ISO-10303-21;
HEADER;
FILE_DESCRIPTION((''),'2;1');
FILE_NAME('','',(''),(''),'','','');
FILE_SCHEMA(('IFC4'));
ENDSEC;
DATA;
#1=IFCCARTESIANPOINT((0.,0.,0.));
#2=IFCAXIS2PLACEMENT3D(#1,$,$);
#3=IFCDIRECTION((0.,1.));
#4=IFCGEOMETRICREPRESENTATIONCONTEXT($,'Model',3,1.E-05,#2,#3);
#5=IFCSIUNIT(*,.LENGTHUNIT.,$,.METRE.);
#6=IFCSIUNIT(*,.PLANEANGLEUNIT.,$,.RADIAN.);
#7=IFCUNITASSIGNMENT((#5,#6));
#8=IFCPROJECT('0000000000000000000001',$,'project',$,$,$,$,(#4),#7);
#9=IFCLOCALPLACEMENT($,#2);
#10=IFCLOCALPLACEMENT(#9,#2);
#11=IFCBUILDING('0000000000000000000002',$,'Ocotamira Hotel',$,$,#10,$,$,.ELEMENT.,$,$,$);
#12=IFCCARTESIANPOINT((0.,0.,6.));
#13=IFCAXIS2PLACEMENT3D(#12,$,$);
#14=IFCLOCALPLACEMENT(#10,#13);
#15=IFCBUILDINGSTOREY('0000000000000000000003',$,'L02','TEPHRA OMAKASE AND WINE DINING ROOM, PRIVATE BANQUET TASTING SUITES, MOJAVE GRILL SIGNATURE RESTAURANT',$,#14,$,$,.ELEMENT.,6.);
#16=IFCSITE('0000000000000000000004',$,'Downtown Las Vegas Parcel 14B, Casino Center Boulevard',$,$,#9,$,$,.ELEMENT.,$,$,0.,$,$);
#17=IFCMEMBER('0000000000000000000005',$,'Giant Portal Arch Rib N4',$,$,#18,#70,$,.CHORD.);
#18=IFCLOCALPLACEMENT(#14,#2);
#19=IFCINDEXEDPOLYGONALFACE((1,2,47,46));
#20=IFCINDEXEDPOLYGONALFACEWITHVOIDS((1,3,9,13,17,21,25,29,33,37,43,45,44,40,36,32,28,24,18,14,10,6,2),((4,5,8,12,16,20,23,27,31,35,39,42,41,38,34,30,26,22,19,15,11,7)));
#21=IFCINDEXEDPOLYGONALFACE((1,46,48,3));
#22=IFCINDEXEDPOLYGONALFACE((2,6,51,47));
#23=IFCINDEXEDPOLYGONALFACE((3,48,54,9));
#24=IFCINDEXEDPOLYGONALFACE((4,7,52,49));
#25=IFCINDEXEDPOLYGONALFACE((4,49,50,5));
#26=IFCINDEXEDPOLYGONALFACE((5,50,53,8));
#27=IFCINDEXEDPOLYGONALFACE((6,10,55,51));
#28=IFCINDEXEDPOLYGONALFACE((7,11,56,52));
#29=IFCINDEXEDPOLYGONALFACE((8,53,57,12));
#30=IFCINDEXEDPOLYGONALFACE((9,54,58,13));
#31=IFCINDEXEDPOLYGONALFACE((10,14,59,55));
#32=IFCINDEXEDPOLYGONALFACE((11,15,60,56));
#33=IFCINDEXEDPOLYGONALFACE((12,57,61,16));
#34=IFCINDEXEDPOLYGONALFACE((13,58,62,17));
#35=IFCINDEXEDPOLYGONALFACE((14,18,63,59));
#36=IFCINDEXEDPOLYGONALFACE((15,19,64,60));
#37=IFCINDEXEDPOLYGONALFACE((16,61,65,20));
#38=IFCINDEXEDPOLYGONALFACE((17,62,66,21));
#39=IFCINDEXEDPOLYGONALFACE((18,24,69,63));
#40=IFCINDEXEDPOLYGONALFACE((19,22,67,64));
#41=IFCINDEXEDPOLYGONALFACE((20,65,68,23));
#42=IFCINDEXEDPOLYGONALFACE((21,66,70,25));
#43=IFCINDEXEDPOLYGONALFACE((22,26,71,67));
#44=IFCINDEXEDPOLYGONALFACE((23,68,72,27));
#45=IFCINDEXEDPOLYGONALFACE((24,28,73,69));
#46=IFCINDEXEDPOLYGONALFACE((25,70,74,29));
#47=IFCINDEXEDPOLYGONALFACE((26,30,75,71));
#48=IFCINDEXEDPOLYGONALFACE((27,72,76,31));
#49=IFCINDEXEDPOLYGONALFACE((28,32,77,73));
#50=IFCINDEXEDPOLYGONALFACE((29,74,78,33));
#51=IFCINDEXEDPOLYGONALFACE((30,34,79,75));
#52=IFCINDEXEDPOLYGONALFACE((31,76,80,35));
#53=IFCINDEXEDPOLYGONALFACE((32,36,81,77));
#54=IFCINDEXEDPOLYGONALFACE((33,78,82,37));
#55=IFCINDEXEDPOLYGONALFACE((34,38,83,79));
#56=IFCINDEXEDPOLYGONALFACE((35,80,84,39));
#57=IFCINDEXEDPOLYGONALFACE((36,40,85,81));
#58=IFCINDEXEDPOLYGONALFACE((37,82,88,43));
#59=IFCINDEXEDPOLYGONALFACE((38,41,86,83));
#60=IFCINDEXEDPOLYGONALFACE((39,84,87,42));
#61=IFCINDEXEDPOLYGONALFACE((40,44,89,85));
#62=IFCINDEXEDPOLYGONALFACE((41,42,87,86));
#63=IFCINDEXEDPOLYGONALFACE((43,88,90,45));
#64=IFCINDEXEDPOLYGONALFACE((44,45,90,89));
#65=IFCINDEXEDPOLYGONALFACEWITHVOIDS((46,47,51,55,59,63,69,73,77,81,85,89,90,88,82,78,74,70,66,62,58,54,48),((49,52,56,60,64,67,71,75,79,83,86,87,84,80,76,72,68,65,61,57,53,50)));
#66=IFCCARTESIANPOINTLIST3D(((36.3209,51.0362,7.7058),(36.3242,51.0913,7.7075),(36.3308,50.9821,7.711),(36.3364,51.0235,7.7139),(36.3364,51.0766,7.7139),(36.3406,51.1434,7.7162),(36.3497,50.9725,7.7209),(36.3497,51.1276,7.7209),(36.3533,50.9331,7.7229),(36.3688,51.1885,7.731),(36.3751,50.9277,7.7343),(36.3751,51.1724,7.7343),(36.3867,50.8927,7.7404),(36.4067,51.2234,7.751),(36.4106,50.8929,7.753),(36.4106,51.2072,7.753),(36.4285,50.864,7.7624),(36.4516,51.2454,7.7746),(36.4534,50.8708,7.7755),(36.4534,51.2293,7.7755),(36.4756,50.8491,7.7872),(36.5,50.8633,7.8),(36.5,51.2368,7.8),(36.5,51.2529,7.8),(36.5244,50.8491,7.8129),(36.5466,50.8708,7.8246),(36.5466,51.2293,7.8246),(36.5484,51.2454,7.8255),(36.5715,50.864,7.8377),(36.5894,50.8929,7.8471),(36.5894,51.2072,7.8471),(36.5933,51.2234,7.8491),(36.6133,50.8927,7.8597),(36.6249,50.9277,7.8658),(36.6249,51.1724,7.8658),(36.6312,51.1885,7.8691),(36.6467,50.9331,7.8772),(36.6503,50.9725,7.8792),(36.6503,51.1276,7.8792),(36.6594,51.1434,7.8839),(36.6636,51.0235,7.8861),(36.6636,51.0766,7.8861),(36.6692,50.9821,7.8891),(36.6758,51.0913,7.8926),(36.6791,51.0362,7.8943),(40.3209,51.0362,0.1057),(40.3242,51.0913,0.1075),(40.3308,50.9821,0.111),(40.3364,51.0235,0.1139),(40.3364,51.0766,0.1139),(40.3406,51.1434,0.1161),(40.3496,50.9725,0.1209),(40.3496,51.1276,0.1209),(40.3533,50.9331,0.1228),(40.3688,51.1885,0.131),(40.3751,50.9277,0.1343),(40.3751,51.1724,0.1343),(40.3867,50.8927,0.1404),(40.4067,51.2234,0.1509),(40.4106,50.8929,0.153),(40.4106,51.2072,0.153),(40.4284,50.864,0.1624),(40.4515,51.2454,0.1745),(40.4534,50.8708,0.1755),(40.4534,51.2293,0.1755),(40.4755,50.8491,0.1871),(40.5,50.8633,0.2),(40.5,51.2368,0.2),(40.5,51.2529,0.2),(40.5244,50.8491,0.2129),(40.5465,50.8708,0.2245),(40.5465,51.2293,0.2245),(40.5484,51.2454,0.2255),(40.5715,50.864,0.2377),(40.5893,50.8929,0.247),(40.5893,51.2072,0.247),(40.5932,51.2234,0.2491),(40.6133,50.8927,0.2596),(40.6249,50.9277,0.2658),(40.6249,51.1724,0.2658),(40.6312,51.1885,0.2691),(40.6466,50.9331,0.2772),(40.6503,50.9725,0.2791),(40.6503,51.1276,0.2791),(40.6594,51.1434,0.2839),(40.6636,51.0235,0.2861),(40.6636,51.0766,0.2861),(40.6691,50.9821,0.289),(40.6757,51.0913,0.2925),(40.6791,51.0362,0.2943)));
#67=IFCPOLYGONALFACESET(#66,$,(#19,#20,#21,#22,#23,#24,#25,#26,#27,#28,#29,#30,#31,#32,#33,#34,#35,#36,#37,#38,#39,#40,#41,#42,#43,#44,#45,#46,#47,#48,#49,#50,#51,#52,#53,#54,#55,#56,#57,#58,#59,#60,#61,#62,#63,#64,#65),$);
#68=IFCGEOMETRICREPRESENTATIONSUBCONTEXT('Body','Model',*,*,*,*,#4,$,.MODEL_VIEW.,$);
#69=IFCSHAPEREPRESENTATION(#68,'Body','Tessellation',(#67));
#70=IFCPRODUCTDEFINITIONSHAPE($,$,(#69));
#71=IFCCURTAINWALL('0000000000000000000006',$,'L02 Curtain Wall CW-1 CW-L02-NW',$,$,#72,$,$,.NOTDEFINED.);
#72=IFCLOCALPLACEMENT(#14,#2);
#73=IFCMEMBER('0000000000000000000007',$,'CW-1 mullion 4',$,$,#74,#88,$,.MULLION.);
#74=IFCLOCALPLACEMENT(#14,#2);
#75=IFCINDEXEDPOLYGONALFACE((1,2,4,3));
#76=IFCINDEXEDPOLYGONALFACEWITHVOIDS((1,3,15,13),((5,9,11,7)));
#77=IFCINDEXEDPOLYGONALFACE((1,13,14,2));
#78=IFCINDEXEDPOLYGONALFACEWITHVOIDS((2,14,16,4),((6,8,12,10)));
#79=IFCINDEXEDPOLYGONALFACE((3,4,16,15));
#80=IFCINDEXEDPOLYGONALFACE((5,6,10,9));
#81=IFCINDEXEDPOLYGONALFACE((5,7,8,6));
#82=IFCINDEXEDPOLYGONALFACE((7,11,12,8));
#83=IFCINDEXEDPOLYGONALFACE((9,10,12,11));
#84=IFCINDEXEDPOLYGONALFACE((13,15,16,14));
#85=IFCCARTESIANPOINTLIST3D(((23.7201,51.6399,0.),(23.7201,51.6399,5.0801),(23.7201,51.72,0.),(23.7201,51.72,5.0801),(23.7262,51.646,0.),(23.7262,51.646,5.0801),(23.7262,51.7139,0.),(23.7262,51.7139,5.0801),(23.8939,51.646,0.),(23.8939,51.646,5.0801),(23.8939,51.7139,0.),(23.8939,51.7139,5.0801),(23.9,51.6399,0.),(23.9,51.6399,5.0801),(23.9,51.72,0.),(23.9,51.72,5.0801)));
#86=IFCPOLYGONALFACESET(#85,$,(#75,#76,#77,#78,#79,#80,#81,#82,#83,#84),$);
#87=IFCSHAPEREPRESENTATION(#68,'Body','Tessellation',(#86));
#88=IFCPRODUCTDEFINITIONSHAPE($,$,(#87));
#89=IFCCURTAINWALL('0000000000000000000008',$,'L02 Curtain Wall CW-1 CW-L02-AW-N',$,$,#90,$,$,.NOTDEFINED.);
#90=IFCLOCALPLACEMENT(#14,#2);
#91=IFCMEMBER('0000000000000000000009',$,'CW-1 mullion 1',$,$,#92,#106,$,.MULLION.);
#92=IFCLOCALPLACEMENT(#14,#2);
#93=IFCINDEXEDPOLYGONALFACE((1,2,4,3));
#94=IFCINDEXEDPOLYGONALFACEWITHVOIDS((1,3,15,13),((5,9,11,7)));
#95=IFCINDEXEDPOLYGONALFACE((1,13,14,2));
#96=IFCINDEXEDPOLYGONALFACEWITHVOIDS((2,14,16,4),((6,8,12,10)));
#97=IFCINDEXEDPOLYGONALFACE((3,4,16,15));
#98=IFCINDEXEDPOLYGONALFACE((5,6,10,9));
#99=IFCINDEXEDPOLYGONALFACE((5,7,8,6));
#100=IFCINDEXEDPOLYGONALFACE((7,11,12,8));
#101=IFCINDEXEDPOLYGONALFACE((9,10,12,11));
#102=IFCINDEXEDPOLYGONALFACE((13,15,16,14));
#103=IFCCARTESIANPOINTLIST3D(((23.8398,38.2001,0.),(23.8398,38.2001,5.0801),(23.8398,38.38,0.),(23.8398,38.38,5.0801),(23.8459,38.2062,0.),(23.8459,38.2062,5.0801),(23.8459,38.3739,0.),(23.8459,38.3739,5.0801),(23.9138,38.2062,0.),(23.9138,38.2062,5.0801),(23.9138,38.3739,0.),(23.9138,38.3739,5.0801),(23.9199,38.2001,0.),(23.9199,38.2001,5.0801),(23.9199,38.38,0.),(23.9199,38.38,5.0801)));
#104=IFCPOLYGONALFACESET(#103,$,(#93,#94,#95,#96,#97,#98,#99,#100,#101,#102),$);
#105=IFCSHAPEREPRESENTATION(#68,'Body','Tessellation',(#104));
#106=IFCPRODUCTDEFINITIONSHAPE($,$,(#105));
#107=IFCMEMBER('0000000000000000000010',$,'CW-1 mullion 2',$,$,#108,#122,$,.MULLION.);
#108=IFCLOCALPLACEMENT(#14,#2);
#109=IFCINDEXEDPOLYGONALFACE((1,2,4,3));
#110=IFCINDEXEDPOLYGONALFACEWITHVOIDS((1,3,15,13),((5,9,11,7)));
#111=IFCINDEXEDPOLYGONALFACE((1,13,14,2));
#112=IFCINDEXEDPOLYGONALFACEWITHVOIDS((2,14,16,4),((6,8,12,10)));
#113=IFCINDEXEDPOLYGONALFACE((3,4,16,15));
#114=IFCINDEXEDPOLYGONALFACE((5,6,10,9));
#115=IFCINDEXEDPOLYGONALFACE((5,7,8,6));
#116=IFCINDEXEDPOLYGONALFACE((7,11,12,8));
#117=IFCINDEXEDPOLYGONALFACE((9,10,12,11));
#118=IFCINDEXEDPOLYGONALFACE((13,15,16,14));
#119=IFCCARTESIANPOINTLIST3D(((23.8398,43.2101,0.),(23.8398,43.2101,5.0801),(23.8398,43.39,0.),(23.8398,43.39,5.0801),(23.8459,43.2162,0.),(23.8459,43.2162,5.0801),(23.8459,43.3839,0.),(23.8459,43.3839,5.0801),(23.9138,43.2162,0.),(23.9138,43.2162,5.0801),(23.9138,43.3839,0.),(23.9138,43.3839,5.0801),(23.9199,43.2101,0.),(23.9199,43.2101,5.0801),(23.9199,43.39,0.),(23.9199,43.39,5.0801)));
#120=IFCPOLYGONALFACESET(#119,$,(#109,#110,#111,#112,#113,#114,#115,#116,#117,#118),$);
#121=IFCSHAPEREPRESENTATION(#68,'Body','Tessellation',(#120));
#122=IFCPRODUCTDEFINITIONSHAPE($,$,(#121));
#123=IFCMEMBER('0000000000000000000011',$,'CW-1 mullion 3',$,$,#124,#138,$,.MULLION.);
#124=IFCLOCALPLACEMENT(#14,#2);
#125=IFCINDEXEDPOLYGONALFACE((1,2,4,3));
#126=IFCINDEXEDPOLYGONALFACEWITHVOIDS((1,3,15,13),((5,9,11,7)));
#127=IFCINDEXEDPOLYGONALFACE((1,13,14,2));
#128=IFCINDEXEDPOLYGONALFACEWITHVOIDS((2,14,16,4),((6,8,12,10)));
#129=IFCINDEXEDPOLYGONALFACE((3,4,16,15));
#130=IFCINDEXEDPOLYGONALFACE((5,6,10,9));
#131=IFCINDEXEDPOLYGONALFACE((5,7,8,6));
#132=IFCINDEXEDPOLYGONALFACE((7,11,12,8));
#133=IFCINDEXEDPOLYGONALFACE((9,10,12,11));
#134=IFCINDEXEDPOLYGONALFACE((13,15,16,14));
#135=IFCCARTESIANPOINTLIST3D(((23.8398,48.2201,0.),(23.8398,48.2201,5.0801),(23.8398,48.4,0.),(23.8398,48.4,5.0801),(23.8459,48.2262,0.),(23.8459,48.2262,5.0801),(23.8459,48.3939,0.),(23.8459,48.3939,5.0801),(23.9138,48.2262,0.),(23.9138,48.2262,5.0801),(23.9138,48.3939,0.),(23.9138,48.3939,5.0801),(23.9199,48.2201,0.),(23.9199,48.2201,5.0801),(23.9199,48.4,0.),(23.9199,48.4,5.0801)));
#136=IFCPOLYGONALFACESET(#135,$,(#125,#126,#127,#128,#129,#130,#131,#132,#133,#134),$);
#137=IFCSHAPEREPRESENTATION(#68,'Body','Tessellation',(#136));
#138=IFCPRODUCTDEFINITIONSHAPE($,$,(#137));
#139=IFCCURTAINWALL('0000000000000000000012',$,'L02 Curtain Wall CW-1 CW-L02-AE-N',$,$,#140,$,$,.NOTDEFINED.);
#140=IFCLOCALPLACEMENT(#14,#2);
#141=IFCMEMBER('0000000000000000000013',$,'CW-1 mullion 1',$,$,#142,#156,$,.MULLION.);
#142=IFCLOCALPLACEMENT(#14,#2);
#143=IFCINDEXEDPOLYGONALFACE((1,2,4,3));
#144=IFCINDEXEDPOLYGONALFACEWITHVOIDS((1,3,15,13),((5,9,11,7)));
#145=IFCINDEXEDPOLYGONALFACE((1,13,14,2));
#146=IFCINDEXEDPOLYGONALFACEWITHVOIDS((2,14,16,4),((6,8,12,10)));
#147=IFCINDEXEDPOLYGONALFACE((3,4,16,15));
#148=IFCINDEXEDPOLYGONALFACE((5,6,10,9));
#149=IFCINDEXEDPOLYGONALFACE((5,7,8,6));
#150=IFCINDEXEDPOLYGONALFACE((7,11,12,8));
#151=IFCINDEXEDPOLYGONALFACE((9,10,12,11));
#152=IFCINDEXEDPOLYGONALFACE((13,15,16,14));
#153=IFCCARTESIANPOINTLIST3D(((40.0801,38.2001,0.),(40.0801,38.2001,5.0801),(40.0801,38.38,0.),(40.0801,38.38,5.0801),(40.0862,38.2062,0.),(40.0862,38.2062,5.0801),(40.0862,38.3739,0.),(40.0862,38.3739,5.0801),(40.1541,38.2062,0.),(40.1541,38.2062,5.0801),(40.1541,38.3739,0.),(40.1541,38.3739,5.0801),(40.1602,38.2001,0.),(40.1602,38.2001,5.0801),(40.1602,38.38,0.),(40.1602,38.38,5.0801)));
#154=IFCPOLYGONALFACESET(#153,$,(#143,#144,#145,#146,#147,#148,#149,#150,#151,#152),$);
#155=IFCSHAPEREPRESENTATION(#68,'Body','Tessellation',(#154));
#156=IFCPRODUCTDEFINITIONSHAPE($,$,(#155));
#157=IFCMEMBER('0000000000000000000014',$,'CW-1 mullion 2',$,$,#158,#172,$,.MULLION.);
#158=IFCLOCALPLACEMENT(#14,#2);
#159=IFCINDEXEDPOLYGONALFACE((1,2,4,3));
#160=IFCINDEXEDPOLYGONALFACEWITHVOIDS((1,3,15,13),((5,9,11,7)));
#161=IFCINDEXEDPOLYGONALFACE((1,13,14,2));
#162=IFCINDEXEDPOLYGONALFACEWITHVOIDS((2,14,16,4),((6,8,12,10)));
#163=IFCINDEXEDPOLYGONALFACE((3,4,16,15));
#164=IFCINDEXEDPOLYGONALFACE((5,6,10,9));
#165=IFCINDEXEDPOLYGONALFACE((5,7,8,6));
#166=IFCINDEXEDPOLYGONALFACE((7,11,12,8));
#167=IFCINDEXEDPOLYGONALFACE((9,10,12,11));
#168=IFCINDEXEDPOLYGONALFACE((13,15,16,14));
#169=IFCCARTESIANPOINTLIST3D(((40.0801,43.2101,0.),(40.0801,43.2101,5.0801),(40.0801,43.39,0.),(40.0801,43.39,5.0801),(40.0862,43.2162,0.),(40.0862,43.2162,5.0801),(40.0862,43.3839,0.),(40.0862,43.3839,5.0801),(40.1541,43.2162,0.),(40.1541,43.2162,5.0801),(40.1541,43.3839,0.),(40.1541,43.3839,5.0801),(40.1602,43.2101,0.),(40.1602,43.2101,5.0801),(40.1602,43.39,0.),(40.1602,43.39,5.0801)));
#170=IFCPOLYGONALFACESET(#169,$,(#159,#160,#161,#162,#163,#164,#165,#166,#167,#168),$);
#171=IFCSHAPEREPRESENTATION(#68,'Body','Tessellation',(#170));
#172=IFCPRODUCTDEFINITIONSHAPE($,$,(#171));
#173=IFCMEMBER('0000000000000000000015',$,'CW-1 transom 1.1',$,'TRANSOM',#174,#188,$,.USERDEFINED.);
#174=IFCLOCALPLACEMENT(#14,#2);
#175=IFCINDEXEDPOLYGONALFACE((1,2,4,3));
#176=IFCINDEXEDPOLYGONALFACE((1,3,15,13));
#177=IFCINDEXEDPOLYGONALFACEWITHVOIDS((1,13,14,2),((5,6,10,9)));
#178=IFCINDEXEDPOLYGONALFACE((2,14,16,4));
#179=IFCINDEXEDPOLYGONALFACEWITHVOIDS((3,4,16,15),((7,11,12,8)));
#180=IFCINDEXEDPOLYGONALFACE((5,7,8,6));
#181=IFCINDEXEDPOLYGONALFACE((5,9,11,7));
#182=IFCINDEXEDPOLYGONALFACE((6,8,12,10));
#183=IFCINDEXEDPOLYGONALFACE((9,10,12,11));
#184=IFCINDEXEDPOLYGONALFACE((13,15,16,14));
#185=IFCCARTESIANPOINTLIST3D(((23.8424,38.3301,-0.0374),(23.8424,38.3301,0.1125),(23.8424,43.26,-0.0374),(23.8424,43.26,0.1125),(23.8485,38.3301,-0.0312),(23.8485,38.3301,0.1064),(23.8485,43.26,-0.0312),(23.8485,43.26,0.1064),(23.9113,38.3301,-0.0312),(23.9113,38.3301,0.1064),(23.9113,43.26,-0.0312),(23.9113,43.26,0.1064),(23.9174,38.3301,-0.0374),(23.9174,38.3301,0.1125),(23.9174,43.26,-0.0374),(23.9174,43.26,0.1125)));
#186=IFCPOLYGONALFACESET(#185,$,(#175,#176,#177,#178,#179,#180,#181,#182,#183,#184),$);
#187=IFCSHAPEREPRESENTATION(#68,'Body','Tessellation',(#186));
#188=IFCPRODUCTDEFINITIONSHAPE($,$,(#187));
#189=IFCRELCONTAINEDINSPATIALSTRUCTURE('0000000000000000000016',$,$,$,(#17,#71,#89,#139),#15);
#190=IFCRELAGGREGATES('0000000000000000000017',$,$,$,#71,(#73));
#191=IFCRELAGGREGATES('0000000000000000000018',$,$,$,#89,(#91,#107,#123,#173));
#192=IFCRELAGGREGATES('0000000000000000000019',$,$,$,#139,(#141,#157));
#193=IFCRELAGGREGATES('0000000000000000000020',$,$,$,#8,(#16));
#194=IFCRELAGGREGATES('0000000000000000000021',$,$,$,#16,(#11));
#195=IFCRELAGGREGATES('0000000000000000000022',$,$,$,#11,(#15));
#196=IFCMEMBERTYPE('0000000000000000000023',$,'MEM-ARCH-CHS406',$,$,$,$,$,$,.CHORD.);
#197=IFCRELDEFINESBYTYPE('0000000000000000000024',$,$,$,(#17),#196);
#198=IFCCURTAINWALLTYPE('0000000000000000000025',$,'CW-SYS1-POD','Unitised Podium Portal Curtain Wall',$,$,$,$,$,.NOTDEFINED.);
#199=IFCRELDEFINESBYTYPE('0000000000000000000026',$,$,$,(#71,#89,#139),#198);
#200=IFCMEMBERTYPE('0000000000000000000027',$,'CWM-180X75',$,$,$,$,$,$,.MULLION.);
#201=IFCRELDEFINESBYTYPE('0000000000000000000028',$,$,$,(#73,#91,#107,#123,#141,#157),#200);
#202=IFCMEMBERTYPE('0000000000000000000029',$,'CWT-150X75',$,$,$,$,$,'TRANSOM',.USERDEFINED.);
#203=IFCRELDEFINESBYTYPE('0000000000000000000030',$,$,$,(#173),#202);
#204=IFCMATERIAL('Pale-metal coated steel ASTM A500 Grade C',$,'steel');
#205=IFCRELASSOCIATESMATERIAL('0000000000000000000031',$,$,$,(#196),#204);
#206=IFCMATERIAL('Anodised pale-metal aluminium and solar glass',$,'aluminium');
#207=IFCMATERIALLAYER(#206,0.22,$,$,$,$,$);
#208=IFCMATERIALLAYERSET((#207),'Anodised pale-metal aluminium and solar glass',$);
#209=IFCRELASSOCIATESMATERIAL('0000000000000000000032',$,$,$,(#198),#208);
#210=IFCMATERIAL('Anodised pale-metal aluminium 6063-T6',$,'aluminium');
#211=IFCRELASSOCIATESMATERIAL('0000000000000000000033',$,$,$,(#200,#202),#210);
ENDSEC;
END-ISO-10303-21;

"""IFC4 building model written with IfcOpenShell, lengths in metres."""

from ifc_helpers import new_model, si_unit, direction, frame, origin, origin_2d, place, context, subcontext, project, spatial, hollow_rectangle, hollow_circle, extrude, source, transform, mapped, material, layer, layer_set, material_profile, profile_set, type_object, element, aggregate, save


model = new_model("IFC4")

# Units and contexts
model_context = context("Model", 3, precision=1e-05, world=origin(), true_north=direction((0.0, 1.0)))
body_context = subcontext(model_context, "Body", "Model", "MODEL_VIEW")
ifc_project = project(units=[si_unit("LENGTHUNIT", "METRE"), si_unit("PLANEANGLEUNIT", "RADIAN")], contexts=[model_context])

# Site, building, storey
site_placement = place(None, origin())
site = spatial("IfcSite", under=ifc_project, at=site_placement, Name="Downtown Las Vegas Parcel 14B, Casino Center Boulevard", CompositionType="ELEMENT", RefElevation=0.0)
building_placement = place(site_placement, origin())
building = spatial("IfcBuilding", under=site, at=building_placement, Name="Ocotamira Hotel", CompositionType="ELEMENT")
storey_placement = place(building_placement, frame((0.0, 0.0, 6.0)))
storey = spatial("IfcBuildingStorey", under=building, at=storey_placement, Name="L02", Description="TEPHRA OMAKASE AND WINE DINING ROOM, PRIVATE BANQUET TASTING SUITES, MOJAVE GRILL SIGNATURE RESTAURANT", CompositionType="ELEMENT", Elevation=6.0)

# Member
ifc_material_1 = material(Name="Pale-metal coated steel ASTM A500 Grade C", Category="steel")
ifc_material_profile_1 = material_profile(ifc_material_1, hollow_circle(Radius=0.2029, WallThickness=0.0161, at=origin_2d()), Name="CHS406X16")
ifc_profile_set_1 = profile_set([ifc_material_profile_1], Name="Pale-metal coated steel ASTM A500 Grade C")
member_type_1 = type_object("IfcMemberType", Name="MEM-ARCH-CHS406", PredefinedType="CHORD", material=ifc_profile_set_1)
shared_shape_1 = source(origin(), body_context, "Body", "SweptSolid", [
    extrude(hollow_circle(Radius=0.2029, WallThickness=0.0161, at=origin_2d()), origin(), (0.0, 0.0, 1.0), 8.5884),
])
for number, where, z_axis, x_axis, name in (
    (1, (36.5, 51.05, 7.8), (0.465742, 0.0, -0.884921), (0.0, 1.0, 0.0), "Giant Portal Arch Rib N4"),
):
    element("IfcMember", number, at=place(storey_placement, frame(where, z_axis=z_axis, x_axis=x_axis)), inside=storey, type_object=member_type_1, Name=name, PredefinedType="CHORD", context=body_context, shape_type="MappedRepresentation", body=[
        mapped(shared_shape_1, transform((0.0, 0.0, 0.0), scale=1.0)),
    ])

# Curtain wall, member
ifc_material_2 = material(Name="Anodised pale-metal aluminium and solar glass", Category="aluminium")
ifc_layer_1 = layer(ifc_material_2, 0.22)
ifc_layer_set_1 = layer_set([ifc_layer_1], Name="Anodised pale-metal aluminium and solar glass")
curtain_wall_type = type_object("IfcCurtainWallType", Name="CW-SYS1-POD", Description="Unitised Podium Portal Curtain Wall", PredefinedType="NOTDEFINED", material=ifc_layer_set_1)
curtain_wall_1_placement = place(storey_placement, origin())
curtain_wall_1 = element("IfcCurtainWall", 2, at=curtain_wall_1_placement, inside=storey, type_object=curtain_wall_type, Name="L02 Curtain Wall CW-1 CW-L02-NW", PredefinedType="NOTDEFINED")
ifc_material_3 = material(Name="Anodised pale-metal aluminium 6063-T6", Category="aluminium")
ifc_material_profile_2 = material_profile(ifc_material_3, hollow_rectangle(XDim=0.0801, YDim=0.1799, WallThickness=0.0061, at=origin_2d()), Name="HSS180X80X6")
ifc_profile_set_2 = profile_set([ifc_material_profile_2], Name="Anodised pale-metal aluminium 6063-T6")
member_type_2 = type_object("IfcMemberType", Name="CWM-180X75", PredefinedType="MULLION", material=ifc_profile_set_2)
shared_shape_2 = source(origin(), body_context, "Body", "SweptSolid", [
    extrude(hollow_rectangle(XDim=0.0801, YDim=0.1799, WallThickness=0.0061, at=origin_2d()), origin(), (0.0, 0.0, 1.0), 5.0801),
])
member_1_placement = place(storey_placement, frame((23.8101, 51.6799, 0.0), z_axis=(0.0, 0.0, 1.0), x_axis=(0.0, 1.0, 0.0)))
member_1 = element("IfcMember", 3, at=member_1_placement, type_object=member_type_2, Name="CW-1 mullion 4", PredefinedType="MULLION", context=body_context, shape_type="MappedRepresentation", body=[
    mapped(shared_shape_2, transform((0.0, 0.0, 0.0), scale=1.0)),
])
aggregate(curtain_wall_1, [member_1])

# Curtain walls, members
curtain_wall_2_placement = place(storey_placement, origin())
curtain_wall_2 = element("IfcCurtainWall", 4, at=curtain_wall_2_placement, inside=storey, type_object=curtain_wall_type, Name="L02 Curtain Wall CW-1 CW-L02-AW-N", PredefinedType="NOTDEFINED")
member_2_placement = place(storey_placement, frame((23.8799, 38.29, 0.0), z_axis=(0.0, 0.0, 1.0), x_axis=(-1.0, 0.0, 0.0)))
member_2 = element("IfcMember", 5, at=member_2_placement, type_object=member_type_2, Name="CW-1 mullion 1", PredefinedType="MULLION", context=body_context, shape_type="MappedRepresentation", body=[
    mapped(shared_shape_2, transform((0.0, 0.0, 0.0), scale=1.0)),
])
member_3_placement = place(storey_placement, frame((23.8799, 43.3, 0.0), z_axis=(0.0, 0.0, 1.0), x_axis=(-1.0, 0.0, 0.0)))
member_3 = element("IfcMember", 6, at=member_3_placement, type_object=member_type_2, Name="CW-1 mullion 2", PredefinedType="MULLION", context=body_context, shape_type="MappedRepresentation", body=[
    mapped(shared_shape_2, transform((0.0, 0.0, 0.0), scale=1.0)),
])
member_4_placement = place(storey_placement, frame((23.8799, 48.3101, 0.0), z_axis=(0.0, 0.0, 1.0), x_axis=(-1.0, 0.0, 0.0)))
member_4 = element("IfcMember", 7, at=member_4_placement, type_object=member_type_2, Name="CW-1 mullion 3", PredefinedType="MULLION", context=body_context, shape_type="MappedRepresentation", body=[
    mapped(shared_shape_2, transform((0.0, 0.0, 0.0), scale=1.0)),
])
curtain_wall_3_placement = place(storey_placement, origin())
curtain_wall_3 = element("IfcCurtainWall", 8, at=curtain_wall_3_placement, inside=storey, type_object=curtain_wall_type, Name="L02 Curtain Wall CW-1 CW-L02-AE-N", PredefinedType="NOTDEFINED")
member_5_placement = place(storey_placement, frame((40.1201, 38.29, 0.0), z_axis=(0.0, 0.0, 1.0), x_axis=(-1.0, 0.0, 0.0)))
member_5 = element("IfcMember", 9, at=member_5_placement, type_object=member_type_2, Name="CW-1 mullion 1", PredefinedType="MULLION", context=body_context, shape_type="MappedRepresentation", body=[
    mapped(shared_shape_2, transform((0.0, 0.0, 0.0), scale=1.0)),
])
member_6_placement = place(storey_placement, frame((40.1201, 43.3, 0.0), z_axis=(0.0, 0.0, 1.0), x_axis=(-1.0, 0.0, 0.0)))
member_6 = element("IfcMember", 10, at=member_6_placement, type_object=member_type_2, Name="CW-1 mullion 2", PredefinedType="MULLION", context=body_context, shape_type="MappedRepresentation", body=[
    mapped(shared_shape_2, transform((0.0, 0.0, 0.0), scale=1.0)),
])

# Member
ifc_material_profile_3 = material_profile(ifc_material_3, hollow_rectangle(XDim=0.075, YDim=0.1499, WallThickness=0.0061, at=origin_2d()), Name="HSS150X75X6")
ifc_profile_set_3 = profile_set([ifc_material_profile_3], Name="Anodised pale-metal aluminium 6063-T6")
member_type_3 = type_object("IfcMemberType", Name="CWT-150X75", ElementType="TRANSOM", PredefinedType="USERDEFINED", material=ifc_profile_set_3)
shared_shape_3 = source(origin(), body_context, "Body", "SweptSolid", [
    extrude(hollow_rectangle(XDim=0.075, YDim=0.1499, WallThickness=0.0061, at=origin_2d()), origin(), (0.0, 0.0, 1.0), 4.9299),
])
member_7_placement = place(storey_placement, frame((23.8799, 38.3301, 0.0376), z_axis=(0.0, 1.0, 0.0), x_axis=(-1.0, 0.0, 0.0)))
member_7 = element("IfcMember", 11, at=member_7_placement, type_object=member_type_3, Name="CW-1 transom 1.1", ObjectType="TRANSOM", PredefinedType="USERDEFINED", context=body_context, shape_type="MappedRepresentation", body=[
    mapped(shared_shape_3, transform((0.0, 0.0, 0.0), scale=1.0)),
])

aggregate(curtain_wall_2, [member_2, member_3, member_4, member_7])
aggregate(curtain_wall_3, [member_5, member_6])

save(model, "model.ifc")
